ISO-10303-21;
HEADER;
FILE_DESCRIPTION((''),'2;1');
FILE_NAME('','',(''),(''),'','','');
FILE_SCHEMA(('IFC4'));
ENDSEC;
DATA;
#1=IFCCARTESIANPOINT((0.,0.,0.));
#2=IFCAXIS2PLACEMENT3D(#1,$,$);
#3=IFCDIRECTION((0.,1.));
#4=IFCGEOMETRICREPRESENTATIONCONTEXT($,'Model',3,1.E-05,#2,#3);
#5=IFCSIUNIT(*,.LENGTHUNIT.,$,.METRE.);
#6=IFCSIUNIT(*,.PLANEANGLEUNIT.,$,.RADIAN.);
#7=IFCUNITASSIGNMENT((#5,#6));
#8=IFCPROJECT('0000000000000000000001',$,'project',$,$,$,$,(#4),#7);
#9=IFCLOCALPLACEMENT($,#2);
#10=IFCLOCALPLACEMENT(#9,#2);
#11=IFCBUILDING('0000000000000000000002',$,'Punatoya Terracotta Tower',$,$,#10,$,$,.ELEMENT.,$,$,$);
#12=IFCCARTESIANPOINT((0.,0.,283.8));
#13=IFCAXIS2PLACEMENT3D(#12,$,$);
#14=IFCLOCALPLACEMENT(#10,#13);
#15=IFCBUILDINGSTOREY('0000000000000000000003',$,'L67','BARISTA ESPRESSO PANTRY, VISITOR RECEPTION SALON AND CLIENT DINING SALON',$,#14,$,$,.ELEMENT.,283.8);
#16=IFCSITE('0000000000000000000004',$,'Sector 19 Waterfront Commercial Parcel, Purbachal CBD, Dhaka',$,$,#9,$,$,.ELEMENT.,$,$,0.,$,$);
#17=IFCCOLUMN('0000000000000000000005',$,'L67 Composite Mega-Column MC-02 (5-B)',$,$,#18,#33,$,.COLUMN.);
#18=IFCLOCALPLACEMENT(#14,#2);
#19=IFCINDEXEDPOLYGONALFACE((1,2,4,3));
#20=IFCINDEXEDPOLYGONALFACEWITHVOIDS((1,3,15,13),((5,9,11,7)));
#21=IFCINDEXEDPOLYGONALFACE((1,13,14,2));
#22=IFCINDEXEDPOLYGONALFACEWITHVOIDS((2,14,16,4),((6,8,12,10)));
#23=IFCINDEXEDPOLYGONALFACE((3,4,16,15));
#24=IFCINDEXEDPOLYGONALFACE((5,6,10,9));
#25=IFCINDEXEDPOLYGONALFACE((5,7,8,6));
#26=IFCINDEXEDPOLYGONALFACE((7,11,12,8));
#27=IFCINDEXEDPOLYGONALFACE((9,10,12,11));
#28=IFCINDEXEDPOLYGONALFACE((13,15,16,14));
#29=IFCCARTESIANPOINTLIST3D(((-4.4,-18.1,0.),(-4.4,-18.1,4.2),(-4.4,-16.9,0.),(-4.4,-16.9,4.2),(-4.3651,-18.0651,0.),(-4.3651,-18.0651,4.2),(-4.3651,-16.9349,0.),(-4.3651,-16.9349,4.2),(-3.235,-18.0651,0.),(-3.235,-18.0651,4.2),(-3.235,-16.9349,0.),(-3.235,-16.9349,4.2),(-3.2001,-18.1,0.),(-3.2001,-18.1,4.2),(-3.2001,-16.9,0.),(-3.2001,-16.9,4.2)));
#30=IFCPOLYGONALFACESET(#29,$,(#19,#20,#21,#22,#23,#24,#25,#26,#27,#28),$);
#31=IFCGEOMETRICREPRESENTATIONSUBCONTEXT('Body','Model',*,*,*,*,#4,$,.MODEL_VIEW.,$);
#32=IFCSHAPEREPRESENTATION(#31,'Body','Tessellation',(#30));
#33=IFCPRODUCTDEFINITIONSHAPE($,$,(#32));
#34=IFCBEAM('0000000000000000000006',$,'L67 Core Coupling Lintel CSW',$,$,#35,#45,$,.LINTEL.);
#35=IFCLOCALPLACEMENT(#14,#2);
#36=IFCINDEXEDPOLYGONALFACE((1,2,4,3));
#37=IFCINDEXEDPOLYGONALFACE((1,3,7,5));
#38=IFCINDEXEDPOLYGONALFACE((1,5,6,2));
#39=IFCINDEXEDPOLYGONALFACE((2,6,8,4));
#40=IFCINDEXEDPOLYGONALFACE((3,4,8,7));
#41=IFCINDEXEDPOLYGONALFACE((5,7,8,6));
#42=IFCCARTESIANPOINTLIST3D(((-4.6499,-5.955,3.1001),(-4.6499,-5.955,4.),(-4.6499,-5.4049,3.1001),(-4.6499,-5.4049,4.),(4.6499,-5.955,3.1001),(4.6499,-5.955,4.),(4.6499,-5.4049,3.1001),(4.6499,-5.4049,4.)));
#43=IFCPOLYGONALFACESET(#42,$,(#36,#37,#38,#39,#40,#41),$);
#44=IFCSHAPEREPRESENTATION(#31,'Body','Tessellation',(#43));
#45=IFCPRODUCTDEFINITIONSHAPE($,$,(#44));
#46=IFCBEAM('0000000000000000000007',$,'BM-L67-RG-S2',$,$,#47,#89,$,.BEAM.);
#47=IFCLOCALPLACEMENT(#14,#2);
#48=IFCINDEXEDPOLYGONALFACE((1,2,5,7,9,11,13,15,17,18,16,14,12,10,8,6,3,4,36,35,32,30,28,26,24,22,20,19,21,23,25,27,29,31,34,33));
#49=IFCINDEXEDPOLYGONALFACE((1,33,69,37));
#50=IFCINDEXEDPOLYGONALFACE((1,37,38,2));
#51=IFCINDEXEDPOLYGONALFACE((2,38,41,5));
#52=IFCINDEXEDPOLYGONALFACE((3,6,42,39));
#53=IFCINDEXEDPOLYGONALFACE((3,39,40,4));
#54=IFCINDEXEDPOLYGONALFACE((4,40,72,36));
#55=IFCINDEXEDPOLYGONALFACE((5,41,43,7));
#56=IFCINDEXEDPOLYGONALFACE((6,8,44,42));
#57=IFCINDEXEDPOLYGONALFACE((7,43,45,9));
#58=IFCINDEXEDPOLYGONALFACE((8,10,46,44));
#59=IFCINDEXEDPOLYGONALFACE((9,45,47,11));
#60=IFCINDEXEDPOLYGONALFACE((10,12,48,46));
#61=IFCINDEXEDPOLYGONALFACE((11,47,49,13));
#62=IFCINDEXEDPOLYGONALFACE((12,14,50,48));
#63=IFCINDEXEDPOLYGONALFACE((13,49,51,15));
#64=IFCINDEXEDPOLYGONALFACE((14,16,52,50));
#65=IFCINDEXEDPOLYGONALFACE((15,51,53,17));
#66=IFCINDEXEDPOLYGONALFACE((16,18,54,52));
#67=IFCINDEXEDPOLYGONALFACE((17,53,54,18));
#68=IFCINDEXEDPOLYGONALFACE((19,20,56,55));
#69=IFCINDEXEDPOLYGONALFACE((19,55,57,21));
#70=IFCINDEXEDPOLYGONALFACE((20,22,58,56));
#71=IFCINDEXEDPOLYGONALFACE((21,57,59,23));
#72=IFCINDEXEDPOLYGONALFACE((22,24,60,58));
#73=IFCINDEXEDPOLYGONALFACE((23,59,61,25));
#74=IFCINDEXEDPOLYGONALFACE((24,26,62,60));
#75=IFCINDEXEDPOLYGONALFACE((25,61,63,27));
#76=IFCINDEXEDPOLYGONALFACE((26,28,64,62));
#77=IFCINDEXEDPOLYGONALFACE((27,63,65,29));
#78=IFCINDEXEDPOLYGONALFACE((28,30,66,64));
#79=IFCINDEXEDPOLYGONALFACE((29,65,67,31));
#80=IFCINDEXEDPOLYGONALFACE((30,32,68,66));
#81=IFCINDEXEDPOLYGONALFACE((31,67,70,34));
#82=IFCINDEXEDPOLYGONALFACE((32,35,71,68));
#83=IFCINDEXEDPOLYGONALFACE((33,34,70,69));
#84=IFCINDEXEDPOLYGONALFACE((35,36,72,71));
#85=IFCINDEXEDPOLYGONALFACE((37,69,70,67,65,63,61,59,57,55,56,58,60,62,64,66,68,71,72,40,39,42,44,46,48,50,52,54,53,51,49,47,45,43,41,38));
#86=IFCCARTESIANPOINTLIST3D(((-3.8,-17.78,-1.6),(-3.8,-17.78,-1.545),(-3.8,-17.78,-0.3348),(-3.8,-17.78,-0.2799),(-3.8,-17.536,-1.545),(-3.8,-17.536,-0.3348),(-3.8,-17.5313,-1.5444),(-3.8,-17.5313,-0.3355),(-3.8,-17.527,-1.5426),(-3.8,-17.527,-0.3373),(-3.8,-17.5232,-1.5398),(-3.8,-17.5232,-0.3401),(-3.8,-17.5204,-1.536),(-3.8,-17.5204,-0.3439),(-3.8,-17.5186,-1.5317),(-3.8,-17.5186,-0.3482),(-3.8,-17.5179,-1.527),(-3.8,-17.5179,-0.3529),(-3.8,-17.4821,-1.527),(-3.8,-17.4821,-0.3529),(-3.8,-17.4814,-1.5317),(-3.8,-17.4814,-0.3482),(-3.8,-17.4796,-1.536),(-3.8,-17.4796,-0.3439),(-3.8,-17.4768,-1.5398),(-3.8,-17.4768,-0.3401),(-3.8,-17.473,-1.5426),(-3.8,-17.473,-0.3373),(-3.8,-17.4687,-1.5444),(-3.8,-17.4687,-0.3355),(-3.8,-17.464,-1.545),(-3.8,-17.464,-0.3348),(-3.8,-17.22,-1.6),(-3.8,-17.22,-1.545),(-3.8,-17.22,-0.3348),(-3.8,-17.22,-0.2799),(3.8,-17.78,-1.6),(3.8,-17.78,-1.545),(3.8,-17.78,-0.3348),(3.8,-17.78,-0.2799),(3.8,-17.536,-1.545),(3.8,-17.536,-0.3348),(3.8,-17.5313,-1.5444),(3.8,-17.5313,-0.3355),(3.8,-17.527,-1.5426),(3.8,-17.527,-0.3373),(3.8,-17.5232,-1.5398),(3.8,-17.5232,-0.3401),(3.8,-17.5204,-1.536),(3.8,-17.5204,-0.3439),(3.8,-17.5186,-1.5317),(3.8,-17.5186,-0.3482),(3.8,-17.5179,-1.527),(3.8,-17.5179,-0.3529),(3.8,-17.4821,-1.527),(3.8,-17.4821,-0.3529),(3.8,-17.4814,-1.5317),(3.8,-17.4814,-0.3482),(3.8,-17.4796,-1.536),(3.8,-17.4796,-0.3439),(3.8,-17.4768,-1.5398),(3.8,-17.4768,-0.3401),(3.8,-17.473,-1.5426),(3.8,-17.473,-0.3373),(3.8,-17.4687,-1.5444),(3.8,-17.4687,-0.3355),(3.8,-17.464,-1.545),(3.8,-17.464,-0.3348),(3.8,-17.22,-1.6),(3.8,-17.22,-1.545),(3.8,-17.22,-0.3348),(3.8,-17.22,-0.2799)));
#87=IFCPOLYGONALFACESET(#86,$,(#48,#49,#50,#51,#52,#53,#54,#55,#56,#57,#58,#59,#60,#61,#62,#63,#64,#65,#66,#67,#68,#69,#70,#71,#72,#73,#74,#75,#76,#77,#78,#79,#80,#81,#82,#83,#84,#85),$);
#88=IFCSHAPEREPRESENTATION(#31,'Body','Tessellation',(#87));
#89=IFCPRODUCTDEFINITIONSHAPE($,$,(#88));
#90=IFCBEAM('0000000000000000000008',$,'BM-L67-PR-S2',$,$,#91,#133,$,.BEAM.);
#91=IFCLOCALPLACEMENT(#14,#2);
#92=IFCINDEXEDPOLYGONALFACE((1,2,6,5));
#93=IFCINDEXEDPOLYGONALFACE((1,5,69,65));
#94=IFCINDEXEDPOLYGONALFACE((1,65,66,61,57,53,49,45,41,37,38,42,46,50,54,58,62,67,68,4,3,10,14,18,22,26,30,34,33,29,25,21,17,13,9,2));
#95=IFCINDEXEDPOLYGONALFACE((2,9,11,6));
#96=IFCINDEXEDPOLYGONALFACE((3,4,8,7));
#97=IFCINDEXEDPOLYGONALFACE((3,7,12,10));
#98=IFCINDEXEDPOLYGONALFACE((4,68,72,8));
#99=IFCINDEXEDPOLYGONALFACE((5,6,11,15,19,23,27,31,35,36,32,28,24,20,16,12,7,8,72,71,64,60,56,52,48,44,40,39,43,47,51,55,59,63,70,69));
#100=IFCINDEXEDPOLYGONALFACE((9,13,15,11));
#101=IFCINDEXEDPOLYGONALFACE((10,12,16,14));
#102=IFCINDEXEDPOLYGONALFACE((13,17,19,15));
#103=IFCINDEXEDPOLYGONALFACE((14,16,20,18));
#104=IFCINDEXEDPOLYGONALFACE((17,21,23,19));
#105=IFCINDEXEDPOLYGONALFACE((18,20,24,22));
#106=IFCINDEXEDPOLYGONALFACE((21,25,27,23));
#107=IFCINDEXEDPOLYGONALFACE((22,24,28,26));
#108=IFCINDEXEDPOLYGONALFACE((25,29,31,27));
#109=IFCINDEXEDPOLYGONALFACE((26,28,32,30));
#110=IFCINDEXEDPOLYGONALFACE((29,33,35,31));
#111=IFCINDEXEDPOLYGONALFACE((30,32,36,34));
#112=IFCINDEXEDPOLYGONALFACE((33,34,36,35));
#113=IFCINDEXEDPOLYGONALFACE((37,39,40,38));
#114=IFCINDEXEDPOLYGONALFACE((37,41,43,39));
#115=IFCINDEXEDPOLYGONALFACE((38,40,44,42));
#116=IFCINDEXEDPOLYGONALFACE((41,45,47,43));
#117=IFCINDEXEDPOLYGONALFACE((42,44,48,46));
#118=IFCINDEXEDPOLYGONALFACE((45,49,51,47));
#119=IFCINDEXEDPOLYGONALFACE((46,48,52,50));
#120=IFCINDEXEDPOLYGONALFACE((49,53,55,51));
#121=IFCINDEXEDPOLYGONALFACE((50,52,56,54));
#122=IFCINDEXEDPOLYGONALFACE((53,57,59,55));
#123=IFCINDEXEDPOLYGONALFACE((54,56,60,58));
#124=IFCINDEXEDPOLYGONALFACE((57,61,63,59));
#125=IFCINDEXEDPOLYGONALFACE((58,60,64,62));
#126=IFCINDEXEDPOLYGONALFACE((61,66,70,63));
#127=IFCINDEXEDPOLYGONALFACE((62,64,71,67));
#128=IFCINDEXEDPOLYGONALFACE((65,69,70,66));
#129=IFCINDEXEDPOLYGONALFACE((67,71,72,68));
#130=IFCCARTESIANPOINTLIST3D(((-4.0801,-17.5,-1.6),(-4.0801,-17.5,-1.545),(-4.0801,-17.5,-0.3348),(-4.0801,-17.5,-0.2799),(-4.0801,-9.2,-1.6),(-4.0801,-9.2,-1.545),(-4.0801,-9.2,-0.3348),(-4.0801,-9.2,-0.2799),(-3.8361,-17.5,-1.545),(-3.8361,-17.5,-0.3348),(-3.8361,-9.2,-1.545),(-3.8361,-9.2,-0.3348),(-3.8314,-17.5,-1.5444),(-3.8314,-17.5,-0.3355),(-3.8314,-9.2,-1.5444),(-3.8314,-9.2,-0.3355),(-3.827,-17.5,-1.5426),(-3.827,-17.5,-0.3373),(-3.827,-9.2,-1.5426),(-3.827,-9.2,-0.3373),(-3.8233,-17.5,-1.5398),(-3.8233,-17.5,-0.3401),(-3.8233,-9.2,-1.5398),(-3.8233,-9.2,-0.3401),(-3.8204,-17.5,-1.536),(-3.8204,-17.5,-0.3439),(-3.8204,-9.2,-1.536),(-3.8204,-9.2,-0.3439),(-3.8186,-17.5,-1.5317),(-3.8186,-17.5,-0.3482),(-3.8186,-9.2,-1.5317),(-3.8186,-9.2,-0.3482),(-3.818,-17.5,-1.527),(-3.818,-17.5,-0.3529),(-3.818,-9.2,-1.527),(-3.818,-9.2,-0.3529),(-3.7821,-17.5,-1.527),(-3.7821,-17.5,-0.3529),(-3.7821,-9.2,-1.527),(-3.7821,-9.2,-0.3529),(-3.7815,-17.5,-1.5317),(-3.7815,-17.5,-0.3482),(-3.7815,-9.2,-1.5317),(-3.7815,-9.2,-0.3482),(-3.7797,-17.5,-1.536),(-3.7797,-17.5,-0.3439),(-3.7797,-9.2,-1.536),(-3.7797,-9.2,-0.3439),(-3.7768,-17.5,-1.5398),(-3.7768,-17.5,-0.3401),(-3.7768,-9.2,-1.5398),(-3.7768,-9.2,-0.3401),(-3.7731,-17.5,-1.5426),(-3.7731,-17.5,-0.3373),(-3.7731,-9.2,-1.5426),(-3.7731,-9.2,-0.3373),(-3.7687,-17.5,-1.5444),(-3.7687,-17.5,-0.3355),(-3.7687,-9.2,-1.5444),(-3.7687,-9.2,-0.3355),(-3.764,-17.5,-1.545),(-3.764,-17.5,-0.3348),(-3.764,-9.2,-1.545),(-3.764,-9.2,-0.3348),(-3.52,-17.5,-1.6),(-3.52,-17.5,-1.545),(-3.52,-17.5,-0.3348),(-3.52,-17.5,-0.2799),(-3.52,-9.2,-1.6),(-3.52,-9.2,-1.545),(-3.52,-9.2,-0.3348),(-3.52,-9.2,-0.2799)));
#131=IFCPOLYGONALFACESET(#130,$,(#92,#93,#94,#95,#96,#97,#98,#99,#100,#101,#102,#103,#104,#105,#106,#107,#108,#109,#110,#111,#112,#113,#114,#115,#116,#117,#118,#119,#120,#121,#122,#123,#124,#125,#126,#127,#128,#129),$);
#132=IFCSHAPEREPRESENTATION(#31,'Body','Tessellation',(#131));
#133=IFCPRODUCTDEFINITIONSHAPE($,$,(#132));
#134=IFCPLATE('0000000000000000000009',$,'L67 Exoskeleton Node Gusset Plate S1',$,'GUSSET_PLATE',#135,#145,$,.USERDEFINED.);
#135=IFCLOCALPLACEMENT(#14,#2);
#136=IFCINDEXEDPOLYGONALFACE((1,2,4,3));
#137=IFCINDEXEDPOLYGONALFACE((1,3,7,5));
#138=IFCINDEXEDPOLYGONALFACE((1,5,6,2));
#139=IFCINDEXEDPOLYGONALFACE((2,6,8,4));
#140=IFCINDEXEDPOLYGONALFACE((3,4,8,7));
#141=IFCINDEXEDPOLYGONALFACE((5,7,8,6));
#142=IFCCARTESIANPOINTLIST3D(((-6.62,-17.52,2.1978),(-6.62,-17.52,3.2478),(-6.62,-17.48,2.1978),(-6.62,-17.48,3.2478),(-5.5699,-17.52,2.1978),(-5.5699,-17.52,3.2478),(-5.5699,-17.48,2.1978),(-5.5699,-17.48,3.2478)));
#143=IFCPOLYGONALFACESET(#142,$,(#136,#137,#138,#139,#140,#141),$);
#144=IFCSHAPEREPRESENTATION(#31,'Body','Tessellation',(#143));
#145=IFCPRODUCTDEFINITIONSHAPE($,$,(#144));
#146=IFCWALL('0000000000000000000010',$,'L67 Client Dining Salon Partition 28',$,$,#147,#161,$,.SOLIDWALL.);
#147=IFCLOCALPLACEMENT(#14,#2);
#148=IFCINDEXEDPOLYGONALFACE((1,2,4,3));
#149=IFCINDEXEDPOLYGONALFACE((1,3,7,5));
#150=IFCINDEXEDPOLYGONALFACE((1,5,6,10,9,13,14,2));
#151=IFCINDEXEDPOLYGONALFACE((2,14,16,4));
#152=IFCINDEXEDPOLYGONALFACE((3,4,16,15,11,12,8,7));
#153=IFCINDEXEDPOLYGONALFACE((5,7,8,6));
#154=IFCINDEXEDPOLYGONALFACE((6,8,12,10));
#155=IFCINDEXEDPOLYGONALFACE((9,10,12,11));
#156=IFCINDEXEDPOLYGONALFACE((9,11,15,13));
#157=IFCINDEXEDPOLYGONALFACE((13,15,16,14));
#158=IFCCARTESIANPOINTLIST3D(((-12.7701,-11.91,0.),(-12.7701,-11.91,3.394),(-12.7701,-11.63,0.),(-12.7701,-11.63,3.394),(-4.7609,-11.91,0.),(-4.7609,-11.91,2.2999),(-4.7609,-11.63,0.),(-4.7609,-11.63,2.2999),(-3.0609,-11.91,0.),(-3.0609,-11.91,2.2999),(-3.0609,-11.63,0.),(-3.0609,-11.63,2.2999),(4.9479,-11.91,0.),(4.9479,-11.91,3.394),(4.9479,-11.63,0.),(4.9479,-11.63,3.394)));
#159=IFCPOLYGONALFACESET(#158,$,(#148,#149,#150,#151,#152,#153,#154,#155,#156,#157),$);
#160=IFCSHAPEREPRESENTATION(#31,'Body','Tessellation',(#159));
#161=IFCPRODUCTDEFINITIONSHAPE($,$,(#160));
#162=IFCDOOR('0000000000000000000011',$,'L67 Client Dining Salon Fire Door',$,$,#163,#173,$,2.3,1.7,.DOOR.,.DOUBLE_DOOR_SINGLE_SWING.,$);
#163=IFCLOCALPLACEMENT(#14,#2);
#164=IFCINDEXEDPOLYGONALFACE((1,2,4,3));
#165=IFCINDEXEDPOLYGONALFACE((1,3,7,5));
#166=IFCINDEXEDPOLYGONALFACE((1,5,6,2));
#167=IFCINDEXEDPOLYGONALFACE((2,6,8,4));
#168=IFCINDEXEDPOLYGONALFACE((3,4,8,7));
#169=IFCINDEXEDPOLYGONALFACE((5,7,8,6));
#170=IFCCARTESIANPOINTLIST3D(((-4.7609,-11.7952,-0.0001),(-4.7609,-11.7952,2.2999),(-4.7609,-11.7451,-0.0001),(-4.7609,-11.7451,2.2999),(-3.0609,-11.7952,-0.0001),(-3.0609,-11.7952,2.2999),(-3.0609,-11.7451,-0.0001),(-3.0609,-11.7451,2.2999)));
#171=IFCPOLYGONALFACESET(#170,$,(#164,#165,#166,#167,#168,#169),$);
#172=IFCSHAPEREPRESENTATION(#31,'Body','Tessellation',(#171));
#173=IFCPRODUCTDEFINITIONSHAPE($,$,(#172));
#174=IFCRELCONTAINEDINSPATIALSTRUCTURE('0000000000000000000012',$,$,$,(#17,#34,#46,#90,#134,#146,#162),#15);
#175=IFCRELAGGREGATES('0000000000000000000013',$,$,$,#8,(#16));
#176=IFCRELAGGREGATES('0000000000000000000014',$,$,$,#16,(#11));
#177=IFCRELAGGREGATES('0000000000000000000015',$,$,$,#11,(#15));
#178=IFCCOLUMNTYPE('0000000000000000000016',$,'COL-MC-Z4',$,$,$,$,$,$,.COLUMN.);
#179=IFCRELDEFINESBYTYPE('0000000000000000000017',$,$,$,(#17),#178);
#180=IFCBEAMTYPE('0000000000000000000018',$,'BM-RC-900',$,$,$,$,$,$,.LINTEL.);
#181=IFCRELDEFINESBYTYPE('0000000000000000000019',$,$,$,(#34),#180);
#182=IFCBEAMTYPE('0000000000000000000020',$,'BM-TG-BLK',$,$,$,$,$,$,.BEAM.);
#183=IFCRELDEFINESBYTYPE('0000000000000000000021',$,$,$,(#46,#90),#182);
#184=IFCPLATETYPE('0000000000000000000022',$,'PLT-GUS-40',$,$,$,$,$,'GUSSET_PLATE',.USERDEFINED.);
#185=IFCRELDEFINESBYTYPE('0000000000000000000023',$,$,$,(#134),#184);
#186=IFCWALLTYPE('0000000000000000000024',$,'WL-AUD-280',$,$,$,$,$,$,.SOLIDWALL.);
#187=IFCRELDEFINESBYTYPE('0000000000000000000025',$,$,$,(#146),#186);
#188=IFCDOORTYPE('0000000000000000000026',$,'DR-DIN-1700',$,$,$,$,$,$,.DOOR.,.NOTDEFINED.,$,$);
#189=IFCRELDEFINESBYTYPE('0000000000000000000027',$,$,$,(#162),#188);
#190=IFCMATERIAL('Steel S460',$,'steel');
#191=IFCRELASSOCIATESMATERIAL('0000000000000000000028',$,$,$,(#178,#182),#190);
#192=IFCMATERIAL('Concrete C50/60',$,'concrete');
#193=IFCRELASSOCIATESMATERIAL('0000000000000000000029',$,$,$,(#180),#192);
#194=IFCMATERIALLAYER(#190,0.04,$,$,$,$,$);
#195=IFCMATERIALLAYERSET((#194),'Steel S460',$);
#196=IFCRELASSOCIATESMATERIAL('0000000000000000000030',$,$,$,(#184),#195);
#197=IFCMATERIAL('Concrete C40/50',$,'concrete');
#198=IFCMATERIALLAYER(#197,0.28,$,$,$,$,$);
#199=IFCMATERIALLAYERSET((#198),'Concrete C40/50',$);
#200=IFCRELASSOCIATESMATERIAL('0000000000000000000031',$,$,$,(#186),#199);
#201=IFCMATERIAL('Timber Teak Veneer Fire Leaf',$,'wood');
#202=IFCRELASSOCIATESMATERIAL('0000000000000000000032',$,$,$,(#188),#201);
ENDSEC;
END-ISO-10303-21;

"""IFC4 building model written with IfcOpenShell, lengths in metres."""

from ifc_helpers import new_model, si_unit, direction, frame, frame_2d, origin, origin_2d, place, context, subcontext, project, spatial, rectangle, hollow_rectangle, i_section, extrude, material, layer, layer_set, material_profile, profile_set, type_object, element, fill, save


model = new_model("IFC4")

# Units and contexts
model_context = context("Model", 3, precision=1e-05, world=origin(), true_north=direction((0.0, 1.0)))
body_context = subcontext(model_context, "Body", "Model", "MODEL_VIEW")
ifc_project = project(units=[si_unit("LENGTHUNIT", "METRE"), si_unit("PLANEANGLEUNIT", "RADIAN")], contexts=[model_context])

# Site, building, storey
site_placement = place(None, origin())
site = spatial("IfcSite", under=ifc_project, at=site_placement, Name="Sector 19 Waterfront Commercial Parcel, Purbachal CBD, Dhaka", CompositionType="ELEMENT", RefElevation=0.0)
building_placement = place(site_placement, origin())
building = spatial("IfcBuilding", under=site, at=building_placement, Name="Punatoya Terracotta Tower", CompositionType="ELEMENT")
storey_placement = place(building_placement, frame((0.0, 0.0, 283.8)))
storey = spatial("IfcBuildingStorey", under=building, at=storey_placement, Name="L67", Description="BARISTA ESPRESSO PANTRY, VISITOR RECEPTION SALON AND CLIENT DINING SALON", CompositionType="ELEMENT", Elevation=283.8)

# Column
ifc_material_1 = material(Name="Steel S460", Category="steel")
ifc_material_profile_1 = material_profile(ifc_material_1, hollow_rectangle(XDim=1.2, YDim=1.2, WallThickness=0.0349, at=origin_2d()))
ifc_profile_set_1 = profile_set([ifc_material_profile_1], Name="Steel S460")
column_type = type_object("IfcColumnType", Name="COL-MC-Z4", PredefinedType="COLUMN", material=ifc_profile_set_1)
column_placement = place(storey_placement, frame((-3.8, -17.5, 0.0), z_axis=(0.0, 0.0, 1.0), x_axis=(1.0, 0.0, 0.0)))
element("IfcColumn", 1, at=column_placement, inside=storey, type_object=column_type, Name="L67 Composite Mega-Column MC-02 (5-B)", PredefinedType="COLUMN", context=body_context, shape_type="SweptSolid", body=[
    extrude(hollow_rectangle(XDim=1.2, YDim=1.2, WallThickness=0.0349, at=origin_2d()), origin(), (0.0, 0.0, 1.0), 4.2),
])

# Beams
ifc_material_2 = material(Name="Concrete C50/60", Category="concrete")
ifc_material_profile_2 = material_profile(ifc_material_2, rectangle(XDim=0.55, YDim=0.8999, at=origin_2d()))
ifc_profile_set_2 = profile_set([ifc_material_profile_2], Name="Concrete C50/60")
beam_type_1 = type_object("IfcBeamType", Name="BM-RC-900", PredefinedType="LINTEL", material=ifc_profile_set_2)
beam_1_placement = place(storey_placement, frame((-4.6499, -5.6799, 3.55), z_axis=(1.0, 0.0, 0.0), x_axis=(0.0, 1.0, 0.0)))
element("IfcBeam", 2, at=beam_1_placement, inside=storey, type_object=beam_type_1, Name="L67 Core Coupling Lintel CSW", PredefinedType="LINTEL", context=body_context, shape_type="SweptSolid", body=[
    extrude(rectangle(XDim=0.55, YDim=0.8999, at=origin_2d()), origin(), (0.0, 0.0, 1.0), 9.2998),
])
ifc_material_profile_3 = material_profile(ifc_material_1, i_section(OverallWidth=0.5601, OverallDepth=1.3201, WebThickness=0.0359, FlangeThickness=0.0549, FilletRadius=0.0181, at=origin_2d()))
ifc_profile_set_3 = profile_set([ifc_material_profile_3], Name="Steel S460")
beam_type_2 = type_object("IfcBeamType", Name="BM-TG-BLK", PredefinedType="BEAM", material=ifc_profile_set_3)
beam_2_placement = place(storey_placement, frame((-3.8, -17.5, -0.9399), z_axis=(1.0, 0.0, 0.0), x_axis=(0.0, 1.0, 0.0)))
element("IfcBeam", 3, at=beam_2_placement, inside=storey, type_object=beam_type_2, Name="BM-L67-RG-S2", PredefinedType="BEAM", context=body_context, shape_type="SweptSolid", body=[
    extrude(i_section(OverallWidth=0.5601, OverallDepth=1.3201, WebThickness=0.0359, FlangeThickness=0.0549, FilletRadius=0.0181, at=origin_2d()), origin(), (0.0, 0.0, 1.0), 7.6001),
])
beam_3_placement = place(storey_placement, frame((-3.8, -17.5, -0.9399), z_axis=(0.0, 1.0, 0.0), x_axis=(-1.0, 0.0, 0.0)))
element("IfcBeam", 4, at=beam_3_placement, inside=storey, type_object=beam_type_2, Name="BM-L67-PR-S2", PredefinedType="BEAM", context=body_context, shape_type="SweptSolid", body=[
    extrude(i_section(OverallWidth=0.5601, OverallDepth=1.3201, WebThickness=0.0359, FlangeThickness=0.0549, FilletRadius=0.0181, at=origin_2d()), origin(), (0.0, 0.0, 1.0), 8.3),
])

# Plate
ifc_layer_1 = layer(ifc_material_1, 0.04)
ifc_layer_set_1 = layer_set([ifc_layer_1], Name="Steel S460")
plate_type = type_object("IfcPlateType", Name="PLT-GUS-40", ElementType="GUSSET_PLATE", PredefinedType="USERDEFINED", material=ifc_layer_set_1)
plate_placement = place(storey_placement, frame((-6.095, -17.5, 2.1978), z_axis=(0.0, 0.0, 1.0), x_axis=(1.0, 0.0, 0.0)))
element("IfcPlate", 5, at=plate_placement, inside=storey, type_object=plate_type, Name="L67 Exoskeleton Node Gusset Plate S1", ObjectType="GUSSET_PLATE", PredefinedType="USERDEFINED", context=body_context, shape_type="SweptSolid", body=[
    extrude(rectangle(XDim=1.05, YDim=0.04, at=origin_2d()), origin(), (0.0, 0.0, 1.0), 1.05),
])

# Wall, opening, door
ifc_material_3 = material(Name="Concrete C40/50", Category="concrete")
ifc_layer_2 = layer(ifc_material_3, 0.28)
ifc_layer_set_2 = layer_set([ifc_layer_2], Name="Concrete C40/50")
wall_type_1 = type_object("IfcWallType", Name="WL-AUD-280", PredefinedType="SOLIDWALL", material=ifc_layer_set_2)
wall_1_placement = place(storey_placement, frame((-12.77, -11.77, 0.0), z_axis=(0.0, 0.0, 1.0), x_axis=(1.0, 0.0, 0.0)))
wall_1 = element("IfcWall", 6, at=wall_1_placement, inside=storey, type_object=wall_type_1, Name="L67 Client Dining Salon Partition 28", PredefinedType="SOLIDWALL", context=body_context, shape_type="SweptSolid", body=[
    extrude(rectangle(XDim=17.718, YDim=0.28, at=frame_2d((8.8589, 0.0))), origin(), (0.0, 0.0, 1.0), 3.394),
])
opening_1_placement = place(wall_1_placement, frame((8.009, 0.0, 0.0)))
opening_1 = element("IfcOpeningElement", 7, at=opening_1_placement, cuts=wall_1, PredefinedType="OPENING", context=body_context, shape_type="SweptSolid", body=[
    extrude(rectangle(XDim=1.7, YDim=2.3, at=frame_2d((0.8501, 1.1499))), frame((0.0, 0.1499, 0.0), z_axis=(0.0, -1.0, 0.0), x_axis=(1.0, 0.0, 0.0)), (0.0, 0.0, 1.0), 0.3),
])
ifc_material_4 = material(Name="Timber Teak Veneer Fire Leaf", Category="wood")
door_type_1 = type_object("IfcDoorType", Name="DR-DIN-1700", OperationType="NOTDEFINED", PredefinedType="DOOR", material=ifc_material_4)
door_1_placement = place(opening_1_placement, origin())
door_1 = element("IfcDoor", 8, at=door_1_placement, inside=storey, type_object=door_type_1, Name="L67 Client Dining Salon Fire Door", OperationType="DOUBLE_DOOR_SINGLE_SWING", OverallHeight=2.3, OverallWidth=1.7, PredefinedType="DOOR", context=body_context, shape_type="SweptSolid", body=[
    extrude(rectangle(XDim=1.7, YDim=2.3, at=frame_2d((0.8501, 1.1499))), frame((0.0, 0.0249, 0.0), z_axis=(0.0, -1.0, 0.0), x_axis=(1.0, 0.0, 0.0)), (0.0, 0.0, 1.0), 0.05),
])
fill(opening_1, door_1)

save(model, "model.ifc")
